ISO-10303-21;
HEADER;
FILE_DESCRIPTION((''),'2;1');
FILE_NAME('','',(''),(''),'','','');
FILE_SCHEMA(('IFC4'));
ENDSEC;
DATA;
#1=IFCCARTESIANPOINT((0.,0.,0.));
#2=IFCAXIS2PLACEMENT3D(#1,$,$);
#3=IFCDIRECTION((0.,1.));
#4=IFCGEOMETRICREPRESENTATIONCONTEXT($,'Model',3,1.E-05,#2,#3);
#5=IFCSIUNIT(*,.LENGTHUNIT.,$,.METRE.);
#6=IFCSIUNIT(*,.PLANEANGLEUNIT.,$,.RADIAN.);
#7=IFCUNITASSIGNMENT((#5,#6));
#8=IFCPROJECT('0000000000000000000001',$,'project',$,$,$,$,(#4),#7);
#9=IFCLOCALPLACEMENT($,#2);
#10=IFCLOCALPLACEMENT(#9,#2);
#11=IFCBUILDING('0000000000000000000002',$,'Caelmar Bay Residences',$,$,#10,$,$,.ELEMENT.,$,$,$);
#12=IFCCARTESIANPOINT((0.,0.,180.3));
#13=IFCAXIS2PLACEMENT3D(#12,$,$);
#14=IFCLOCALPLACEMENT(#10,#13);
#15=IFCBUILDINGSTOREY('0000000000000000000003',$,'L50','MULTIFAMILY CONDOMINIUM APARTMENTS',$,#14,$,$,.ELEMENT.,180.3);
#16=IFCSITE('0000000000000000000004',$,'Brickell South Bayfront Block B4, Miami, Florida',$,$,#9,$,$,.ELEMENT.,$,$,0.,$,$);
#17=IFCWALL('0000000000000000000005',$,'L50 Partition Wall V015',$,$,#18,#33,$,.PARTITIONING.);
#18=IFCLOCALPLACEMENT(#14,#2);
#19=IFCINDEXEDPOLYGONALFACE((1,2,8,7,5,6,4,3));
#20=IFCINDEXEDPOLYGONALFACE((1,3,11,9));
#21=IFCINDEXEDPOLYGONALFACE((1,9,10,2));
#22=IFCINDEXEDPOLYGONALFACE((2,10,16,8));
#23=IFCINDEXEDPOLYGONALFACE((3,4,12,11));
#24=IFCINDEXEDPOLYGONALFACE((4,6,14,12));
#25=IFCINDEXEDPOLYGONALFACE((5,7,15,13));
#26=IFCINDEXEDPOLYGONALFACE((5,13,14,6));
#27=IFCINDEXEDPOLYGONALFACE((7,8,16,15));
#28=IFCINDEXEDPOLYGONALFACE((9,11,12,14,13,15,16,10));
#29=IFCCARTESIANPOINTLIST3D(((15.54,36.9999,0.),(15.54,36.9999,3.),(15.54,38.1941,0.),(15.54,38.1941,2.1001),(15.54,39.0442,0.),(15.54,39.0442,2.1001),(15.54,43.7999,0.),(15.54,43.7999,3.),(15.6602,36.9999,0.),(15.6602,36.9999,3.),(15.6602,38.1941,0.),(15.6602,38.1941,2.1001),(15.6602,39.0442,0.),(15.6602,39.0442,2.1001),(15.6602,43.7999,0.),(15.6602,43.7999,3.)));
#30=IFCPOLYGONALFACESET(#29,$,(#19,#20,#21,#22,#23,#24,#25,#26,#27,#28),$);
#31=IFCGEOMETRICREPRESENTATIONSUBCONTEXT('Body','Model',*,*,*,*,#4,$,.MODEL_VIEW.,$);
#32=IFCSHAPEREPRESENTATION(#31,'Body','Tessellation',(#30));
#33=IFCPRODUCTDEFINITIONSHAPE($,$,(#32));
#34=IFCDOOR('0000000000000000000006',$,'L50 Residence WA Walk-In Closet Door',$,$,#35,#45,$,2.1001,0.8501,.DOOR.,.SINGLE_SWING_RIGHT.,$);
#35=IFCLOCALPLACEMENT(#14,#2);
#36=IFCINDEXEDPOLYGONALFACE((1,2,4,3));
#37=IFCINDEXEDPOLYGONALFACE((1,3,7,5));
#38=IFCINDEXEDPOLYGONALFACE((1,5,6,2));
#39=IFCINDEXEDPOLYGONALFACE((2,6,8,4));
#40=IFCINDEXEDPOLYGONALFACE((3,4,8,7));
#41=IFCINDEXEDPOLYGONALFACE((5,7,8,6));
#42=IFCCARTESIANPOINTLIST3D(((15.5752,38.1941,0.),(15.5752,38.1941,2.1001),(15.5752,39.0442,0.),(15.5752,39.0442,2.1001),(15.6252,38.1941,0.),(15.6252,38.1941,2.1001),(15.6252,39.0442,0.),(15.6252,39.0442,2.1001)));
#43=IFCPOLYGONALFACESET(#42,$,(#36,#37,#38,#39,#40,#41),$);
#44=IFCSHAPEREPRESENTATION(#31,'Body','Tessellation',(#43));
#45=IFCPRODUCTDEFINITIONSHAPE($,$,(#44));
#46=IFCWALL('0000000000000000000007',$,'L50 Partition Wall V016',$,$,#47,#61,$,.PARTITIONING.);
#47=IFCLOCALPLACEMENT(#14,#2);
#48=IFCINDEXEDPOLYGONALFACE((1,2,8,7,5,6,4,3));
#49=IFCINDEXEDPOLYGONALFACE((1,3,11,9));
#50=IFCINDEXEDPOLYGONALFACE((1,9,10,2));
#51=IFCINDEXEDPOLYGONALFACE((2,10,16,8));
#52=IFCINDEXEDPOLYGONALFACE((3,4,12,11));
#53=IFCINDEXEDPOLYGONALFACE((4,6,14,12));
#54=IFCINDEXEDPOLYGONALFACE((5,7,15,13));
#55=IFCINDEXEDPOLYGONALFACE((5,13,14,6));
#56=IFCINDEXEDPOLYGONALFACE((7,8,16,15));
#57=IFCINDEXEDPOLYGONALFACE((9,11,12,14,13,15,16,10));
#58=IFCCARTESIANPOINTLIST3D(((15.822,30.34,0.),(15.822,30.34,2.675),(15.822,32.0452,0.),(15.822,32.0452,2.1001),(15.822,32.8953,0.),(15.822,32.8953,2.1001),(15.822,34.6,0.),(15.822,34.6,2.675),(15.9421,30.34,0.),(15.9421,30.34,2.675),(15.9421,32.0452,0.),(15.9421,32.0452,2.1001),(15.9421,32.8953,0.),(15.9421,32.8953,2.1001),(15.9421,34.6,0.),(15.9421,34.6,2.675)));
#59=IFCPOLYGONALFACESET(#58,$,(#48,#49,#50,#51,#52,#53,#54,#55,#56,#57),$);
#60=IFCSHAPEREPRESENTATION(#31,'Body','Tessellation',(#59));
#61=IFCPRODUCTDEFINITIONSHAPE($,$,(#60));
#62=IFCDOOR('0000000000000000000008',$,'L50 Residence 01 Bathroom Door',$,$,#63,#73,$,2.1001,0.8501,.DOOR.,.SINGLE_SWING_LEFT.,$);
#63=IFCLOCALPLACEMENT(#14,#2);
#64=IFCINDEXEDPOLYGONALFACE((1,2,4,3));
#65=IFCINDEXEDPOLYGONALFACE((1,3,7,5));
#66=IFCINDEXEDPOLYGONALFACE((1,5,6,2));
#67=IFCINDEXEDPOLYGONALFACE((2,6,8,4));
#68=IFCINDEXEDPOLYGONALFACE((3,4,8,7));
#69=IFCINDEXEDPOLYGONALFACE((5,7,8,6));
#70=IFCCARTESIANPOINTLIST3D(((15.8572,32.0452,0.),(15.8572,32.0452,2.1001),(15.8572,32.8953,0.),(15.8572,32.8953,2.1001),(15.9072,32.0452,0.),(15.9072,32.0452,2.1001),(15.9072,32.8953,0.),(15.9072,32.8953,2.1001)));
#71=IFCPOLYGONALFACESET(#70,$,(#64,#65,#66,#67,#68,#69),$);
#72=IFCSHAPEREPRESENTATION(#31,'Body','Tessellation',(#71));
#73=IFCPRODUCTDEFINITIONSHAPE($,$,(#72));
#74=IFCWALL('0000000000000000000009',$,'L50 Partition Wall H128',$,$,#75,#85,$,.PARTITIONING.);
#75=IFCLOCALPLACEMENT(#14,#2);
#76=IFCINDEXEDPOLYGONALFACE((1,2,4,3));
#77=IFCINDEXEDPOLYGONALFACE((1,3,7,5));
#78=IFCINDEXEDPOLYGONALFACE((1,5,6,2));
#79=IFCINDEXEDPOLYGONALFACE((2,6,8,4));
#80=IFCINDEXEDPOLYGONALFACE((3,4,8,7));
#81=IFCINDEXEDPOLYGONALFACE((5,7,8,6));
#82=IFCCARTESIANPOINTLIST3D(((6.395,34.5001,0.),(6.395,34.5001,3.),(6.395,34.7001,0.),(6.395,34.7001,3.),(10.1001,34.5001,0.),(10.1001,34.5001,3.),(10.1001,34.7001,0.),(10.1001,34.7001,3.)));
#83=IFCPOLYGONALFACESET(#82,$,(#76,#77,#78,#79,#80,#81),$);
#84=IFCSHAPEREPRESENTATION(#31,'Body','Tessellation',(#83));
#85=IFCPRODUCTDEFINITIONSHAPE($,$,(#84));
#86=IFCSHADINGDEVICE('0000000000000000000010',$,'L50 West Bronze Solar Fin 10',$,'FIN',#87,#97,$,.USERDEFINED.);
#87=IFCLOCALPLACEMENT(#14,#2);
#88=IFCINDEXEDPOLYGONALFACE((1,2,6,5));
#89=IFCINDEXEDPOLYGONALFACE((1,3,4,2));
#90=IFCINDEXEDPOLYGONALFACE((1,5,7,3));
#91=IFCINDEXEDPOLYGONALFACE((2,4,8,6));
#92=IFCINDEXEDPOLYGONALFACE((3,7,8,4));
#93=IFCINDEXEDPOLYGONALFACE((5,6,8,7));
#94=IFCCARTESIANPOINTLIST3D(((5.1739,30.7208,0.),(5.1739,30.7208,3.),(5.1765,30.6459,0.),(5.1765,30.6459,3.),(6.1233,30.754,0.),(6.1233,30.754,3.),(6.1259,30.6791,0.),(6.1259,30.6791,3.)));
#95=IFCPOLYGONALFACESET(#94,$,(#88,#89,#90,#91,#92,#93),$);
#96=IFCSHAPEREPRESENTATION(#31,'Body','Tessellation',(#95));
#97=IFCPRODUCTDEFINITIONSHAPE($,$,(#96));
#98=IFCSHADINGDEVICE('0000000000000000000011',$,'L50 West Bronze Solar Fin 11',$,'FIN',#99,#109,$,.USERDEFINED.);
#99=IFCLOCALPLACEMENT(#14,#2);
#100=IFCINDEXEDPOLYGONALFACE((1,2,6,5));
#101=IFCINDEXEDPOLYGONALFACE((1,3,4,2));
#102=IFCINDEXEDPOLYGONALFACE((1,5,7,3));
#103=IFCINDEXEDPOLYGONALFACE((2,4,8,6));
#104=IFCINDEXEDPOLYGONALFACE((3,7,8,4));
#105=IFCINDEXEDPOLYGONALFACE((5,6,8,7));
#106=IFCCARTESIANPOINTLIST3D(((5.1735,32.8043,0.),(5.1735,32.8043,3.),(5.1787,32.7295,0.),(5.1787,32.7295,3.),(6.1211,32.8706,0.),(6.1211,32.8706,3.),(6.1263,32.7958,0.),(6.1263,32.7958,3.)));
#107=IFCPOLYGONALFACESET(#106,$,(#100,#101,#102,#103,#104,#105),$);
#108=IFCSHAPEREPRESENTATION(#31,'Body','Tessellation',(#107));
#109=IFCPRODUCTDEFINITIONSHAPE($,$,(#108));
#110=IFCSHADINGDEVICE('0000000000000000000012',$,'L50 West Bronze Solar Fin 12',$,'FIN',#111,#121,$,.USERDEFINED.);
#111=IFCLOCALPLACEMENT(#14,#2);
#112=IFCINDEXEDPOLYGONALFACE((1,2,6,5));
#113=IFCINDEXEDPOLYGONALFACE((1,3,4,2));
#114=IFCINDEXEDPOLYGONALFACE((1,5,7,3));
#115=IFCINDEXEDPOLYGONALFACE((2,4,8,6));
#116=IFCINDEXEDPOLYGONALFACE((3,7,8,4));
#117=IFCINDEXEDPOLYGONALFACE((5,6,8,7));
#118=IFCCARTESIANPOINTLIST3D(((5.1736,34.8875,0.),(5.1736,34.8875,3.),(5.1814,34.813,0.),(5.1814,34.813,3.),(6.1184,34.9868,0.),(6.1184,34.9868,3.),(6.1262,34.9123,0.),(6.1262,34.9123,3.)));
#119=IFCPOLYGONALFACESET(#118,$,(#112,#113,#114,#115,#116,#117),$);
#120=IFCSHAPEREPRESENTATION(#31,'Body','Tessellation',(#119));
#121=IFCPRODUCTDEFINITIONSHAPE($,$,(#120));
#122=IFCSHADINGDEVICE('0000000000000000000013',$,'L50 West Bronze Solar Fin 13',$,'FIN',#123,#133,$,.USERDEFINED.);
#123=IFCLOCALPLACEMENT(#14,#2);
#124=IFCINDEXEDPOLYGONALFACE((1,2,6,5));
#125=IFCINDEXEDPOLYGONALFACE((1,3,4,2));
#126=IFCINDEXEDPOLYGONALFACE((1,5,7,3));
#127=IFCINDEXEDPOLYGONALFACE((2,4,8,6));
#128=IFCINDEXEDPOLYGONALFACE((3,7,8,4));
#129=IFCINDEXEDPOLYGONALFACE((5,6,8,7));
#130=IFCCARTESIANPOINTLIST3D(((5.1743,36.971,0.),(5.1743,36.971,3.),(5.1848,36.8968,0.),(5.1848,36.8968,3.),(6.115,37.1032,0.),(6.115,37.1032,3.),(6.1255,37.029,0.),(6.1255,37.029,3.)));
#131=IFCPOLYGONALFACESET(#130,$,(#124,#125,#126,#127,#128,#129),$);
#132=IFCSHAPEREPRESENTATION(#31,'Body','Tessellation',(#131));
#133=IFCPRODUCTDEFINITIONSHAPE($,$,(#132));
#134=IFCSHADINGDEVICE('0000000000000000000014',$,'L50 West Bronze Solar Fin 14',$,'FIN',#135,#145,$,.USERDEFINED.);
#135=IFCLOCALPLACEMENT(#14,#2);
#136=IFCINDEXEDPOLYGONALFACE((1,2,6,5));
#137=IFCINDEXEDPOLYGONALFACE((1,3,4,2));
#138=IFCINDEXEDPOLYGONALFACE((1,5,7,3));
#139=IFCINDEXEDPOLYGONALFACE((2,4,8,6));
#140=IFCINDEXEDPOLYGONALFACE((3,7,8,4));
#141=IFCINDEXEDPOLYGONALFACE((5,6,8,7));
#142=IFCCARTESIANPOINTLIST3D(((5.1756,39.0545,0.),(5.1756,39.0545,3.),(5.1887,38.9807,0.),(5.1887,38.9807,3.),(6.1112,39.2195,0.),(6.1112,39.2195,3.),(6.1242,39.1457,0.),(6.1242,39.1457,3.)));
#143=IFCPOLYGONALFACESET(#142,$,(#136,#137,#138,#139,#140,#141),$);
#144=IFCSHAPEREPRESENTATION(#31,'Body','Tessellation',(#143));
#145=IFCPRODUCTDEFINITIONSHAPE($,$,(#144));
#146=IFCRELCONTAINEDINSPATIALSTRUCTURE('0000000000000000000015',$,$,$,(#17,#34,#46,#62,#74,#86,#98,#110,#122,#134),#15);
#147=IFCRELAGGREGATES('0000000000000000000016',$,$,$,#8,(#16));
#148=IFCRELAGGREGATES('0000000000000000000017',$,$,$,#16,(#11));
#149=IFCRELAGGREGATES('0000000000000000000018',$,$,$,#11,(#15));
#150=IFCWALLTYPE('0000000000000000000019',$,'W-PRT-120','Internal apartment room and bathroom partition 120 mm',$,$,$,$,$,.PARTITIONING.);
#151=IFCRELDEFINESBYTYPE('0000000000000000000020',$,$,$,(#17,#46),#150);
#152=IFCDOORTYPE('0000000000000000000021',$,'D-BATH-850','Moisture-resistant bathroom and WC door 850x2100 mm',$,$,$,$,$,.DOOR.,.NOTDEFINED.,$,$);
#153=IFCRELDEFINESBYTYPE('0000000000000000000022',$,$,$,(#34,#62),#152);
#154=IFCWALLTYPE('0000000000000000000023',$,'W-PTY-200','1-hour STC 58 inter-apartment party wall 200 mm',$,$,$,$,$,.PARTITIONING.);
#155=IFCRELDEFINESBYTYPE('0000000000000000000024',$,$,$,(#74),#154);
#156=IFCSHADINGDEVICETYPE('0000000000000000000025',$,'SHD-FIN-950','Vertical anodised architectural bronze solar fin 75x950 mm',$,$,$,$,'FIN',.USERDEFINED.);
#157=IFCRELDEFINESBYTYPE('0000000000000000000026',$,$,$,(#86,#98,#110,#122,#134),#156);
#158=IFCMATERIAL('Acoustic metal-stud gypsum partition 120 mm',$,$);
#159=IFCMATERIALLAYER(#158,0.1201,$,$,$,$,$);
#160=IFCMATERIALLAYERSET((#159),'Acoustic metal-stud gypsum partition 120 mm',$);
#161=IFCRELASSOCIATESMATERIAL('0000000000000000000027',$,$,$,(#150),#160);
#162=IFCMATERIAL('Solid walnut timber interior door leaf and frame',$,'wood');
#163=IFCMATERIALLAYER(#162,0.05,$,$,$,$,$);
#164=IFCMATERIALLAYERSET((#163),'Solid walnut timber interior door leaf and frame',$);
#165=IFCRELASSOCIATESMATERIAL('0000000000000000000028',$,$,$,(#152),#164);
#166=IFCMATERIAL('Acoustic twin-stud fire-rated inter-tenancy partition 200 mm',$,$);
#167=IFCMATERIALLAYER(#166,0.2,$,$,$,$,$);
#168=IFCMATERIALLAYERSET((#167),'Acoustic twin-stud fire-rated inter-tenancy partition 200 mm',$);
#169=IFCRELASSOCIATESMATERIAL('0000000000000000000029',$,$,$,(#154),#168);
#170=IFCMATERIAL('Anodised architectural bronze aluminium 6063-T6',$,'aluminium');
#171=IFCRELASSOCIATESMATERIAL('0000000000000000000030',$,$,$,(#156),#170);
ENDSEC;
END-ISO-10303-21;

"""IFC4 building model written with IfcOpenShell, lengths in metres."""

from ifc_helpers import new_model, si_unit, direction, frame, frame_2d, origin, origin_2d, place, context, subcontext, project, spatial, rectangle, extrude, material, layer, layer_set, material_profile, profile_set, type_object, element, fill, save


model = new_model("IFC4")

# Units and contexts
model_context = context("Model", 3, precision=1e-05, world=origin(), true_north=direction((0.0, 1.0)))
body_context = subcontext(model_context, "Body", "Model", "MODEL_VIEW")
ifc_project = project(units=[si_unit("LENGTHUNIT", "METRE"), si_unit("PLANEANGLEUNIT", "RADIAN")], contexts=[model_context])

# Site, building, storey
site_placement = place(None, origin())
site = spatial("IfcSite", under=ifc_project, at=site_placement, Name="Brickell South Bayfront Block B4, Miami, Florida", CompositionType="ELEMENT", RefElevation=0.0)
building_placement = place(site_placement, origin())
building = spatial("IfcBuilding", under=site, at=building_placement, Name="Caelmar Bay Residences", CompositionType="ELEMENT")
storey_placement = place(building_placement, frame((0.0, 0.0, 180.3)))
storey = spatial("IfcBuildingStorey", under=building, at=storey_placement, Name="L50", Description="MULTIFAMILY CONDOMINIUM APARTMENTS", CompositionType="ELEMENT", Elevation=180.3)

# Walls, openings, doors
ifc_material_1 = material(Name="Solid walnut timber interior door leaf and frame", Category="wood")
ifc_material_2 = material(Name="Acoustic metal-stud gypsum partition 120 mm")
ifc_layer_1 = layer(ifc_material_2, 0.1201)
ifc_layer_set_1 = layer_set([ifc_layer_1], Name="Acoustic metal-stud gypsum partition 120 mm")
wall_type_1 = type_object("IfcWallType", Name="W-PRT-120", Description="Internal apartment room and bathroom partition 120 mm", PredefinedType="PARTITIONING", material=ifc_layer_set_1)
wall_1_placement = place(storey_placement, frame((15.6001, 37.0, 0.0), z_axis=(0.0, 0.0, 1.0), x_axis=(0.0, 1.0, 0.0)))
wall_1 = element("IfcWall", 1, at=wall_1_placement, inside=storey, type_object=wall_type_1, Name="L50 Partition Wall V015", PredefinedType="PARTITIONING", context=body_context, shape_type="SweptSolid", body=[
    extrude(rectangle(XDim=6.8, YDim=0.1201, at=frame_2d((3.3999, 0.0))), origin(), (0.0, 0.0, 1.0), 3.0),
])
opening_1_placement = place(wall_1_placement, frame((1.1941, 0.0, 0.0)))
opening_1 = element("IfcOpeningElement", 2, at=opening_1_placement, cuts=wall_1, PredefinedType="OPENING", context=body_context, shape_type="SweptSolid", body=[
    extrude(rectangle(XDim=0.8501, YDim=2.1001, at=frame_2d((0.425, 1.05))), frame((0.0, 0.0701, 0.0), z_axis=(0.0, -1.0, 0.0), x_axis=(1.0, 0.0, 0.0)), (0.0, 0.0, 1.0), 0.1401),
])
ifc_layer_2 = layer(ifc_material_1, 0.05)
ifc_layer_set_2 = layer_set([ifc_layer_2], Name="Solid walnut timber interior door leaf and frame")
door_type_1 = type_object("IfcDoorType", Name="D-BATH-850", Description="Moisture-resistant bathroom and WC door 850x2100 mm", OperationType="NOTDEFINED", PredefinedType="DOOR", material=ifc_layer_set_2)
door_1_placement = place(opening_1_placement, origin())
door_1 = element("IfcDoor", 3, at=door_1_placement, inside=storey, type_object=door_type_1, Name="L50 Residence WA Walk-In Closet Door", OperationType="SINGLE_SWING_RIGHT", OverallHeight=2.1001, OverallWidth=0.8501, PredefinedType="DOOR", context=body_context, shape_type="SweptSolid", body=[
    extrude(rectangle(XDim=0.8501, YDim=2.1001, at=frame_2d((0.425, 1.05))), frame((0.0, 0.0249, 0.0), z_axis=(0.0, -1.0, 0.0), x_axis=(1.0, 0.0, 0.0)), (0.0, 0.0, 1.0), 0.05),
])
fill(opening_1, door_1)
wall_2_placement = place(storey_placement, frame((15.8821, 30.3401, 0.0), z_axis=(0.0, 0.0, 1.0), x_axis=(0.0, 1.0, 0.0)))
wall_2 = element("IfcWall", 4, at=wall_2_placement, inside=storey, type_object=wall_type_1, Name="L50 Partition Wall V016", PredefinedType="PARTITIONING", context=body_context, shape_type="SweptSolid", body=[
    extrude(rectangle(XDim=4.26, YDim=0.1201, at=frame_2d((2.1299, 0.0))), origin(), (0.0, 0.0, 1.0), 2.675),
])
opening_2_placement = place(wall_2_placement, frame((1.7051, 0.0, 0.0)))
opening_2 = element("IfcOpeningElement", 5, at=opening_2_placement, cuts=wall_2, PredefinedType="OPENING", context=body_context, shape_type="SweptSolid", body=[
    extrude(rectangle(XDim=0.8501, YDim=2.1001, at=frame_2d((0.425, 1.05))), frame((0.0, 0.0701, 0.0), z_axis=(0.0, -1.0, 0.0), x_axis=(1.0, 0.0, 0.0)), (0.0, 0.0, 1.0), 0.1401),
])
door_2_placement = place(opening_2_placement, origin())
door_2 = element("IfcDoor", 6, at=door_2_placement, inside=storey, type_object=door_type_1, Name="L50 Residence 01 Bathroom Door", OperationType="SINGLE_SWING_LEFT", OverallHeight=2.1001, OverallWidth=0.8501, PredefinedType="DOOR", context=body_context, shape_type="SweptSolid", body=[
    extrude(rectangle(XDim=0.8501, YDim=2.1001, at=frame_2d((0.425, 1.05))), frame((0.0, 0.0249, 0.0), z_axis=(0.0, -1.0, 0.0), x_axis=(1.0, 0.0, 0.0)), (0.0, 0.0, 1.0), 0.05),
])
fill(opening_2, door_2)

# Wall
ifc_material_3 = material(Name="Acoustic twin-stud fire-rated inter-tenancy partition 200 mm")
ifc_layer_3 = layer(ifc_material_3, 0.2)
ifc_layer_set_3 = layer_set([ifc_layer_3], Name="Acoustic twin-stud fire-rated inter-tenancy partition 200 mm")
wall_type_2 = type_object("IfcWallType", Name="W-PTY-200", Description="1-hour STC 58 inter-apartment party wall 200 mm", PredefinedType="PARTITIONING", material=ifc_layer_set_3)
wall_3_placement = place(storey_placement, frame((6.395, 34.6001, 0.0), z_axis=(0.0, 0.0, 1.0), x_axis=(1.0, 0.0, 0.0)))
element("IfcWall", 7, at=wall_3_placement, inside=storey, type_object=wall_type_2, Name="L50 Partition Wall H128", PredefinedType="PARTITIONING", context=body_context, shape_type="SweptSolid", body=[
    extrude(rectangle(XDim=3.7051, YDim=0.2, at=frame_2d((1.8525, 0.0))), origin(), (0.0, 0.0, 1.0), 3.0),
])

# Shading devices
ifc_material_4 = material(Name="Anodised architectural bronze aluminium 6063-T6", Category="aluminium")
ifc_material_profile = material_profile(ifc_material_4, rectangle(XDim=0.075, YDim=0.95, at=origin_2d()), Name="BRONZE-FIN-75X950")
ifc_profile_set = profile_set([ifc_material_profile], Name="Anodised architectural bronze aluminium 6063-T6")
shading_device_type = type_object("IfcShadingDeviceType", Name="SHD-FIN-950", Description="Vertical anodised architectural bronze solar fin 75x950 mm", ElementType="FIN", PredefinedType="USERDEFINED", material=ifc_profile_set)
for number, where, z_axis, x_axis, name in (
    (8, (5.6499, 30.7, 0.0), (0.0, 0.0, 1.0), (-0.034899, 0.999391, 0.0), "L50 West Bronze Solar Fin 10"),
    (9, (5.6499, 32.8, 0.0), (0.0, 0.0, 1.0), (-0.069756, 0.997564, 0.0), "L50 West Bronze Solar Fin 11"),
    (10, (5.6499, 34.8999, 0.0), (0.0, 0.0, 1.0), (-0.104528, 0.994522, 0.0), "L50 West Bronze Solar Fin 12"),
    (11, (5.6499, 37.0, 0.0), (0.0, 0.0, 1.0), (-0.139173, 0.990268, 0.0), "L50 West Bronze Solar Fin 13"),
    (12, (5.6499, 39.1001, 0.0), (0.0, 0.0, 1.0), (-0.173648, 0.984808, 0.0), "L50 West Bronze Solar Fin 14"),
):
    element("IfcShadingDevice", number, at=place(storey_placement, frame(where, z_axis=z_axis, x_axis=x_axis)), inside=storey, type_object=shading_device_type, Name=name, ObjectType="FIN", PredefinedType="USERDEFINED", context=body_context, shape_type="SweptSolid", body=[
        extrude(rectangle(XDim=0.075, YDim=0.95, at=origin_2d()), origin(), (0.0, 0.0, 1.0), 3.0),
    ])

save(model, "model.ifc")
